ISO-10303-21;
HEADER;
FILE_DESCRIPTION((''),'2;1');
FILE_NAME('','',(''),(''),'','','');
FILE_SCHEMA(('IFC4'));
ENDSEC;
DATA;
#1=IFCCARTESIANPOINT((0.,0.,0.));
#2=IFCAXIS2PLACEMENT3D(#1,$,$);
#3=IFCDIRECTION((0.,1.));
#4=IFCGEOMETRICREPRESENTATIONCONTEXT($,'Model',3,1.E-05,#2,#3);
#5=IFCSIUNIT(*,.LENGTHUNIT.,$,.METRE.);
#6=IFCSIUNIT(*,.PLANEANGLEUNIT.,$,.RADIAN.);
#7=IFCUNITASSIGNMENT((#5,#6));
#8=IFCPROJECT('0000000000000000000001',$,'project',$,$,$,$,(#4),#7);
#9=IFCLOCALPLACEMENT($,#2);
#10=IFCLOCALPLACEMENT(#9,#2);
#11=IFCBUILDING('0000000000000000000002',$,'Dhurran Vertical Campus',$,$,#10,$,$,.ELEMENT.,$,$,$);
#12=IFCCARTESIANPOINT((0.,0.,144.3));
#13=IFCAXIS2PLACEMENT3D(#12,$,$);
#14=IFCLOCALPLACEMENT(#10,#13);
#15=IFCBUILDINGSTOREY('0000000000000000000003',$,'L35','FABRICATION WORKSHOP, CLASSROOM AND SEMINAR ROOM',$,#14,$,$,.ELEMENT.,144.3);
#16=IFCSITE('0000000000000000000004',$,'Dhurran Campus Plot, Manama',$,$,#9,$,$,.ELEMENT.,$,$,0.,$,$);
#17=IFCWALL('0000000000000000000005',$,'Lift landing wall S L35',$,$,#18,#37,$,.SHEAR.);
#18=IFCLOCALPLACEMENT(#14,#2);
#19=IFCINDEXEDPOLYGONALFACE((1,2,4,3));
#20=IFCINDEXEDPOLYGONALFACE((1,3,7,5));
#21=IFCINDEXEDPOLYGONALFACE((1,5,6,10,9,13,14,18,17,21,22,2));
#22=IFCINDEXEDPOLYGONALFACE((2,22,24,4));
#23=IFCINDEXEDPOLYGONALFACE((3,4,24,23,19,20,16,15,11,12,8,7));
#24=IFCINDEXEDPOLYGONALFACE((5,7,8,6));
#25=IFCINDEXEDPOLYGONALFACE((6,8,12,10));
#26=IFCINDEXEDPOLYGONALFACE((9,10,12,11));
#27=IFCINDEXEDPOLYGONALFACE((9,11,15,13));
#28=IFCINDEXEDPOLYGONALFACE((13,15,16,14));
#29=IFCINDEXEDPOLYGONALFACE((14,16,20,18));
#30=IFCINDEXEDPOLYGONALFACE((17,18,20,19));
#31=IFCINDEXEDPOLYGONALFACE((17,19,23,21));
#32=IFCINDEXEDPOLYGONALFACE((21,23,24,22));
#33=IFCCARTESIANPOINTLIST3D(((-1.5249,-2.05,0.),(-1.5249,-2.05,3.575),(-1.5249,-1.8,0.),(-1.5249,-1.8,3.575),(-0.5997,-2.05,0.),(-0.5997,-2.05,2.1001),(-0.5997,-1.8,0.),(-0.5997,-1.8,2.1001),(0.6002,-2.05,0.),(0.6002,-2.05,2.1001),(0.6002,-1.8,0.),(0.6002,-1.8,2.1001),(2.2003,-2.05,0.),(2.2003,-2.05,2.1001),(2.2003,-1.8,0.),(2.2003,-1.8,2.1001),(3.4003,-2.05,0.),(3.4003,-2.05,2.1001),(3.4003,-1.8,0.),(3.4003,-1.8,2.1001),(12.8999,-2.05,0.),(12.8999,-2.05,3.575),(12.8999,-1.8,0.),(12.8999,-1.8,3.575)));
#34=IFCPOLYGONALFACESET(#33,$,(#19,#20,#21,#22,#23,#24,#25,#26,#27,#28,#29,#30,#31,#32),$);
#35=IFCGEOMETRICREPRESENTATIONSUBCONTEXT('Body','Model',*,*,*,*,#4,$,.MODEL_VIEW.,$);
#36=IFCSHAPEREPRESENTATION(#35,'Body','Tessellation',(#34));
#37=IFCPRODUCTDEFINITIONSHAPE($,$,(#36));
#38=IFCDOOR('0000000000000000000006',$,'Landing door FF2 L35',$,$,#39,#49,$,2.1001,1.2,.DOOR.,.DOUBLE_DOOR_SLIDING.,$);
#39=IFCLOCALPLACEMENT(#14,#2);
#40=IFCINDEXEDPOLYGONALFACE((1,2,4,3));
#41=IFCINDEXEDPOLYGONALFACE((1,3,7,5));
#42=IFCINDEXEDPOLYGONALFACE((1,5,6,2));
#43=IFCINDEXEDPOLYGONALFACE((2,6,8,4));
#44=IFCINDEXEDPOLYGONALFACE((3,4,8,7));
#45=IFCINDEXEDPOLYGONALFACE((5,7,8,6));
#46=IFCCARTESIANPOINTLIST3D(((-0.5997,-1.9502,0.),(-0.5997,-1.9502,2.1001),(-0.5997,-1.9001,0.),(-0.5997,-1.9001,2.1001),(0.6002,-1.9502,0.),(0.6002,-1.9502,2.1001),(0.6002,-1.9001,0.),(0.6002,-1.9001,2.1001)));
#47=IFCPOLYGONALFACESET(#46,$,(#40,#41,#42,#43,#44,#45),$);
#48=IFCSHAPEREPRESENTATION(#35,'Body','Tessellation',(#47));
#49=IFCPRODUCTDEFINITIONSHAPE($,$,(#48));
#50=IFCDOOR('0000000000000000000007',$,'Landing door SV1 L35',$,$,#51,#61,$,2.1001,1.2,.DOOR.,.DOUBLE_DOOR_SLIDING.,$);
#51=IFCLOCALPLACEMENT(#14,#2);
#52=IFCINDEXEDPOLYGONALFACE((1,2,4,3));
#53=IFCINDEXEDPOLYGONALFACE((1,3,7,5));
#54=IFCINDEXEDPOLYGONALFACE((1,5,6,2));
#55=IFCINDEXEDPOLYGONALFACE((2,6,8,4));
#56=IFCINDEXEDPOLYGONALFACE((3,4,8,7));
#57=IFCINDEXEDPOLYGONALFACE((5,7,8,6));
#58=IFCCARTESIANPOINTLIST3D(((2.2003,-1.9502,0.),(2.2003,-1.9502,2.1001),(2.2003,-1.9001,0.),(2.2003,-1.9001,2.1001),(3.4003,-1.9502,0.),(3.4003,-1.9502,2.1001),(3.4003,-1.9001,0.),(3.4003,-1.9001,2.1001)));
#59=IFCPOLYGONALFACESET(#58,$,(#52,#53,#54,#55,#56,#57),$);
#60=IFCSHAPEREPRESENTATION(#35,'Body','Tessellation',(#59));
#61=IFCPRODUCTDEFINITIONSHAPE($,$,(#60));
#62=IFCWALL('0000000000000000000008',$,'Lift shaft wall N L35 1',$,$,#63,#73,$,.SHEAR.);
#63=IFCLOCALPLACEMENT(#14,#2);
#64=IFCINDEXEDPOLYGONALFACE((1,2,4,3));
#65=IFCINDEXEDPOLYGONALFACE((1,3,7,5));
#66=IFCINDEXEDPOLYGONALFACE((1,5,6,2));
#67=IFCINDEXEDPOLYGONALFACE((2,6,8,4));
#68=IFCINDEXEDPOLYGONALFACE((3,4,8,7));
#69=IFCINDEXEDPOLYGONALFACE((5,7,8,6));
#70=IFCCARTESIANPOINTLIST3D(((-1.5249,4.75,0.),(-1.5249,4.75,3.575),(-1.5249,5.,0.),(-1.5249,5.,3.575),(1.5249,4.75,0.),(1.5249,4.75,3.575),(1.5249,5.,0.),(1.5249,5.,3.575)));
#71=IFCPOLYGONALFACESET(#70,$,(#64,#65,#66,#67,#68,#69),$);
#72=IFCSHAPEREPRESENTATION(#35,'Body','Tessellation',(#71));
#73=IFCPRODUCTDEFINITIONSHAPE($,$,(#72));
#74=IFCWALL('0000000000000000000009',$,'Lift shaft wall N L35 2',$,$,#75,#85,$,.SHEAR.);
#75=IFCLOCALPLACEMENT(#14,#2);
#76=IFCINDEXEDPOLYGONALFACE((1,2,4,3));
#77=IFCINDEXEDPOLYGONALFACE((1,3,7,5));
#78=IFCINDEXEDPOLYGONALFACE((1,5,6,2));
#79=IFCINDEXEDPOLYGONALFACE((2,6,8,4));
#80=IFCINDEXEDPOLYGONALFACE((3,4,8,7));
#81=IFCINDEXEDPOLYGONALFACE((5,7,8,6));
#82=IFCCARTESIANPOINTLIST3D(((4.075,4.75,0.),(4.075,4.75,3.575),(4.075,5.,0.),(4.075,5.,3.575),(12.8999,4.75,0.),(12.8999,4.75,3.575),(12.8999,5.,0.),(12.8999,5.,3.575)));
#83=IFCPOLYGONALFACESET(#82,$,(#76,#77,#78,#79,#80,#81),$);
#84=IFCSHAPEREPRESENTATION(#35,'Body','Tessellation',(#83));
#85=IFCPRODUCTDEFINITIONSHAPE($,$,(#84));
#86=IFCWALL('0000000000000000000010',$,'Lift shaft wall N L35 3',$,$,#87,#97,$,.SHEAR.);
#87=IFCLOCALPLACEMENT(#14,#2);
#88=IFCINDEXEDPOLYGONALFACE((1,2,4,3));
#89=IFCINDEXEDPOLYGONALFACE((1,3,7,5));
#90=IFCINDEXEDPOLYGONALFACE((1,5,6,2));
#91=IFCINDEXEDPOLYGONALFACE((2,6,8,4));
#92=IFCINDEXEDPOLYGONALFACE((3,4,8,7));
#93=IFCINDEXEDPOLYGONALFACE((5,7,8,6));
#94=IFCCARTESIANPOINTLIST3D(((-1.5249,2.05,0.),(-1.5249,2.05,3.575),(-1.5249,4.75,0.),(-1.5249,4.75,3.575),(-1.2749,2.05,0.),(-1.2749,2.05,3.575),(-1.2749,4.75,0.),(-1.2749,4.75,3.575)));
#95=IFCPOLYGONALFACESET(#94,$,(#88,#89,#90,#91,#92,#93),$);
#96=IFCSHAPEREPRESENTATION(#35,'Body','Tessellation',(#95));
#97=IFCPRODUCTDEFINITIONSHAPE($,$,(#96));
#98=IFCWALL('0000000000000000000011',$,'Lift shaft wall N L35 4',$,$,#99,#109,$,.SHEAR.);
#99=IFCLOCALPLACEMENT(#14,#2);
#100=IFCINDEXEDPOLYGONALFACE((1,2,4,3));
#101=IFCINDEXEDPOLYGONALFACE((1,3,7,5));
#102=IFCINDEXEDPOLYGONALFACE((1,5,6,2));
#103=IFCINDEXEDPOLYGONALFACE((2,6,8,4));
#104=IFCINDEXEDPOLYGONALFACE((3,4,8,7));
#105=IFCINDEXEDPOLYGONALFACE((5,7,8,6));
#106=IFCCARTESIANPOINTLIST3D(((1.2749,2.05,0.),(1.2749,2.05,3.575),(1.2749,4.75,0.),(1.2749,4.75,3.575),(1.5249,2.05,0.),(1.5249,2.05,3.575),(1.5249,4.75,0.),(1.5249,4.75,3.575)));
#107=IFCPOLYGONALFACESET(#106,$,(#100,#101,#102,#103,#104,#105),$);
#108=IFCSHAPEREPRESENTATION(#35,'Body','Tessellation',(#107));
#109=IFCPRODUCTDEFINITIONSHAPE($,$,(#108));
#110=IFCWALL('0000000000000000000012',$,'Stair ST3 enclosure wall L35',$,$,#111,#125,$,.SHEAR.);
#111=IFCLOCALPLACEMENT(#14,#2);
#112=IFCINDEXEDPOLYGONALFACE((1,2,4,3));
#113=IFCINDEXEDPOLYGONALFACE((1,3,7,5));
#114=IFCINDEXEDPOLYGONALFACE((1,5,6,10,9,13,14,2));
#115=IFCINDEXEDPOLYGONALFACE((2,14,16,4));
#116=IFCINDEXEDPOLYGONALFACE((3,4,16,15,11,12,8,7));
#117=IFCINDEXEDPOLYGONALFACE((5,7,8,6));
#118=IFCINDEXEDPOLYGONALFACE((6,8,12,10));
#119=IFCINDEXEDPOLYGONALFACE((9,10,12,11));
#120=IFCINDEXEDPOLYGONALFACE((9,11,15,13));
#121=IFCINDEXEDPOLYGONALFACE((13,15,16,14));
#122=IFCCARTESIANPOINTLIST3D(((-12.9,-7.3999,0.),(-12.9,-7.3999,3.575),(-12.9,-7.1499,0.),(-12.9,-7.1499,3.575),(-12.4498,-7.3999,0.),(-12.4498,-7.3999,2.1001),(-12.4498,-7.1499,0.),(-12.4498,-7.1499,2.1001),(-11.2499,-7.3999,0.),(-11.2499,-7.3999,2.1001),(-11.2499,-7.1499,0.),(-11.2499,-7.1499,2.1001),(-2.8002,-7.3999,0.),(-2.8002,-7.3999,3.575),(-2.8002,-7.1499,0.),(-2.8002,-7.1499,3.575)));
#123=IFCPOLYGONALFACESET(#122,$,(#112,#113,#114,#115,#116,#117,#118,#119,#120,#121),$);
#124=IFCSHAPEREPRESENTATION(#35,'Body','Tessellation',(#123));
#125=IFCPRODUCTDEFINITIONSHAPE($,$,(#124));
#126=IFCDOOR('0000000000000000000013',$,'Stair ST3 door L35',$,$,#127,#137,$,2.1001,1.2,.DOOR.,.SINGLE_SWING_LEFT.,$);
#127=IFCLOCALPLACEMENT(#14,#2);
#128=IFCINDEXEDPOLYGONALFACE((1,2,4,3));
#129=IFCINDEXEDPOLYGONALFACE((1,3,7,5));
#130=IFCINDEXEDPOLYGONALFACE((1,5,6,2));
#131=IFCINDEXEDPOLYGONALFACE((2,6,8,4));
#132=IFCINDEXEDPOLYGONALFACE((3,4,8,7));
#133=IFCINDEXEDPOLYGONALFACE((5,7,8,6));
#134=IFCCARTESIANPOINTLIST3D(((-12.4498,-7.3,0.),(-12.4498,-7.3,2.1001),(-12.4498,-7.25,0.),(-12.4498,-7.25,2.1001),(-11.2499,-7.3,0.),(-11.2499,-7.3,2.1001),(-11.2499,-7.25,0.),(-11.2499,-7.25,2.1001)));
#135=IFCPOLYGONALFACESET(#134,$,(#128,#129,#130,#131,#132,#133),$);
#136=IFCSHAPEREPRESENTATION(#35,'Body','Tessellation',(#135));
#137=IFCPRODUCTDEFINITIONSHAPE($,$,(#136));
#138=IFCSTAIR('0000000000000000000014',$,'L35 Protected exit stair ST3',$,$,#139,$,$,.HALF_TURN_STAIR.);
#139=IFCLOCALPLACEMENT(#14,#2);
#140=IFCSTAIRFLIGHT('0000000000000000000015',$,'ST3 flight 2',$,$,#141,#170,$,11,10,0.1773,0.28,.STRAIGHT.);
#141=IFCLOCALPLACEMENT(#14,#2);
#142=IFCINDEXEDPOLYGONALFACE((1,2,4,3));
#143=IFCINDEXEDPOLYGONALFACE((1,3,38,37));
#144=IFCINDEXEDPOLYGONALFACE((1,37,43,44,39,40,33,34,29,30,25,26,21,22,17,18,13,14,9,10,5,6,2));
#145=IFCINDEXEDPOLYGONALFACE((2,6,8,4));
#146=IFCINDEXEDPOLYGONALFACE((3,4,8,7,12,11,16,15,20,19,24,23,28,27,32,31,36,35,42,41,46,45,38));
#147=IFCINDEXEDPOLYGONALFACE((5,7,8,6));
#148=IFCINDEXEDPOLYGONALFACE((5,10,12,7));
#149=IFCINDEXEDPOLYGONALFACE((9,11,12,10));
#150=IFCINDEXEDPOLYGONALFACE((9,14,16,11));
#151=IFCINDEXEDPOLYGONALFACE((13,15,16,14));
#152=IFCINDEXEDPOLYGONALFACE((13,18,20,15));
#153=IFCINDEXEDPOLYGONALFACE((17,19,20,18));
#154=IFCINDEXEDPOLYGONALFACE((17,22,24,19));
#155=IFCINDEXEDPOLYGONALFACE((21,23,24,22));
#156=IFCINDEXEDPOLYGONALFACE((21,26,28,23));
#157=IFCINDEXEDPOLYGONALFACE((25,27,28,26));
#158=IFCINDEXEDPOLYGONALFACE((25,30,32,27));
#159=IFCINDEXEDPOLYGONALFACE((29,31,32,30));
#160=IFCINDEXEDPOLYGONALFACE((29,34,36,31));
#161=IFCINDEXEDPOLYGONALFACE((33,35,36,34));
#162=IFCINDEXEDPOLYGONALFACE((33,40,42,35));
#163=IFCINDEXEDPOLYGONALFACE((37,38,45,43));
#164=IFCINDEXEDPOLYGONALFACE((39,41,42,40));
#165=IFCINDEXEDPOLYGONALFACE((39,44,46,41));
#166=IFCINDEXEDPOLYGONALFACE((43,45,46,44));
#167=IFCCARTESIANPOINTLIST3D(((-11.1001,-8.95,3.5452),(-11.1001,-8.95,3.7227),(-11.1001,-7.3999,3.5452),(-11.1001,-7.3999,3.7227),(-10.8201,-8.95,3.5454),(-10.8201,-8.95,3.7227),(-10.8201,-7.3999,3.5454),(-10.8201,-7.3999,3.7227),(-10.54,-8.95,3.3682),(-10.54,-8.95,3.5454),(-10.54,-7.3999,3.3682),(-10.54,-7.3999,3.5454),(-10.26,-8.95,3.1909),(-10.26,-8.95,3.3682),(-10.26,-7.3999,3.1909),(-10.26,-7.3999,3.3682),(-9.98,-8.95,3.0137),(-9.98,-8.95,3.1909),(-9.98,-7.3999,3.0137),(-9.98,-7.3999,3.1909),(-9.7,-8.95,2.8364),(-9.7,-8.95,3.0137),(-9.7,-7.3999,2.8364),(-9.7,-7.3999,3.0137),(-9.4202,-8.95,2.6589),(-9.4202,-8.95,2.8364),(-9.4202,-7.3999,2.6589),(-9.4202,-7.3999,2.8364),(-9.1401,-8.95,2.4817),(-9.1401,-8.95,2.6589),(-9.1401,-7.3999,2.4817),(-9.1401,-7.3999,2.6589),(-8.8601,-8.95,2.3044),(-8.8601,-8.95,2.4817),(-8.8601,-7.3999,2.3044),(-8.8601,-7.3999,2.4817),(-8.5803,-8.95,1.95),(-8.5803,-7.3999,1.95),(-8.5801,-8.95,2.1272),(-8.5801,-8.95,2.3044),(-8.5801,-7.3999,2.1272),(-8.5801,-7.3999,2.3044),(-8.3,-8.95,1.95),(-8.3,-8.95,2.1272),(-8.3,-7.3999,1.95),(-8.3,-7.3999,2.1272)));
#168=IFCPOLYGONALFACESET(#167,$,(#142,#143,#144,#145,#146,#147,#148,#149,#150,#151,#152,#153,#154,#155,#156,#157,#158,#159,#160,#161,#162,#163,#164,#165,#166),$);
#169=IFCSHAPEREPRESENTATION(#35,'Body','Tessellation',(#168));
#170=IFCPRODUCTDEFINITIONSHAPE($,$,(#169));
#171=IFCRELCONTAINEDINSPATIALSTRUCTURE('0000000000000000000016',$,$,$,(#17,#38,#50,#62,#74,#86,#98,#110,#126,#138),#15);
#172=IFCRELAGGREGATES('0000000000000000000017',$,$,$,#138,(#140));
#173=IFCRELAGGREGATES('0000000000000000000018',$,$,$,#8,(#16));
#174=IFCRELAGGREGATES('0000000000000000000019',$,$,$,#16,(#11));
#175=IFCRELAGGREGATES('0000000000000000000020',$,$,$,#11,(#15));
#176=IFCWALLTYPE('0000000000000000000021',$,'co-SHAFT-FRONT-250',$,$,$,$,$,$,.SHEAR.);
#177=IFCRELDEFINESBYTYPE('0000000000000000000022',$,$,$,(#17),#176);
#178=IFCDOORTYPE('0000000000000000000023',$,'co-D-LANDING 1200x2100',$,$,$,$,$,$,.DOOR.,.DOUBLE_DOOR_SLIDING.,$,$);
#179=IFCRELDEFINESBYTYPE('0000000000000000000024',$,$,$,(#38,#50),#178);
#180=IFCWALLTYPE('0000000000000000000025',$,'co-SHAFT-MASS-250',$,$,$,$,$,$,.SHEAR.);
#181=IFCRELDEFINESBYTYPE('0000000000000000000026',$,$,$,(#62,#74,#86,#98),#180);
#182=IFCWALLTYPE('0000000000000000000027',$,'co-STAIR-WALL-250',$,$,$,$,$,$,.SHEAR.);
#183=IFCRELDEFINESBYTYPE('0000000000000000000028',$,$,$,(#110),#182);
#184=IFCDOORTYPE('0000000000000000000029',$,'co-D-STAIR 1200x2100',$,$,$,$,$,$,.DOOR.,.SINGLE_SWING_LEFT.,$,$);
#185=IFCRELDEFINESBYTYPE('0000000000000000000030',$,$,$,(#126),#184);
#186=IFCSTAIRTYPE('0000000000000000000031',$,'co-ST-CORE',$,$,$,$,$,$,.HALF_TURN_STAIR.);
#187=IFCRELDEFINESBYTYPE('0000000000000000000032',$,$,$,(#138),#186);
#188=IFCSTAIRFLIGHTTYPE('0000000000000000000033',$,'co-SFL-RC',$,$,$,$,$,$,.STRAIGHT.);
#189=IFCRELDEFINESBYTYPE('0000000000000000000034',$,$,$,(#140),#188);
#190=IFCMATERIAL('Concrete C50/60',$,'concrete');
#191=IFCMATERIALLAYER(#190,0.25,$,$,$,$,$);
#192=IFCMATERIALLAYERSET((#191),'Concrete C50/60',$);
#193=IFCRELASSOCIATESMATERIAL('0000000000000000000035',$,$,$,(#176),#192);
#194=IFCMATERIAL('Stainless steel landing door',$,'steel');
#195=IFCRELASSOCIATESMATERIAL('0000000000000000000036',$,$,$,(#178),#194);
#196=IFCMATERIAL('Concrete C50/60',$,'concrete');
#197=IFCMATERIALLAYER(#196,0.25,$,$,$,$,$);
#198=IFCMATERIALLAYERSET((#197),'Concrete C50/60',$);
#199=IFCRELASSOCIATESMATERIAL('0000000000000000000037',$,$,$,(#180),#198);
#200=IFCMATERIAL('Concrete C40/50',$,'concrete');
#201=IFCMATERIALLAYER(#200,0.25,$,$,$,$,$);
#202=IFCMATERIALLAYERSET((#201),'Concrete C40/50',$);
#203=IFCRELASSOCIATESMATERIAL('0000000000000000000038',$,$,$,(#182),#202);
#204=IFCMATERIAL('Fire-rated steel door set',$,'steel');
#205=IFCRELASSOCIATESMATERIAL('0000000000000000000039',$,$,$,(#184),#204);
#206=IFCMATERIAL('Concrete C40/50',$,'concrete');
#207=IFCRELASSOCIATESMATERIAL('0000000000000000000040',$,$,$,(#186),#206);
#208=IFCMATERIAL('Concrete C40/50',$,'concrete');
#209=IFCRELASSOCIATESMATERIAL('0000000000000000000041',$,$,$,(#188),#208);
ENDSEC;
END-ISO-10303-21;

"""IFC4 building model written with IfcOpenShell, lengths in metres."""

from ifc_helpers import new_model, si_unit, direction, frame, frame_2d, origin, place, context, subcontext, project, spatial, polyline, rectangle, outline, extrude, material, layer, layer_set, type_object, element, fill, aggregate, save


model = new_model("IFC4")

# Units and contexts
model_context = context("Model", 3, precision=1e-05, world=origin(), true_north=direction((0.0, 1.0)))
body_context = subcontext(model_context, "Body", "Model", "MODEL_VIEW")
ifc_project = project(units=[si_unit("LENGTHUNIT", "METRE"), si_unit("PLANEANGLEUNIT", "RADIAN")], contexts=[model_context])

# Site, building, storey
site_placement = place(None, origin())
site = spatial("IfcSite", under=ifc_project, at=site_placement, Name="Dhurran Campus Plot, Manama", CompositionType="ELEMENT", RefElevation=0.0)
building_placement = place(site_placement, origin())
building = spatial("IfcBuilding", under=site, at=building_placement, Name="Dhurran Vertical Campus", CompositionType="ELEMENT")
storey_placement = place(building_placement, frame((0.0, 0.0, 144.3)))
storey = spatial("IfcBuildingStorey", under=building, at=storey_placement, Name="L35", Description="FABRICATION WORKSHOP, CLASSROOM AND SEMINAR ROOM", CompositionType="ELEMENT", Elevation=144.3)

# Wall, openings, doors
ifc_material_1 = material(Name="Concrete C50/60", Category="concrete")
ifc_layer_1 = layer(ifc_material_1, 0.25)
ifc_layer_set_1 = layer_set([ifc_layer_1], Name="Concrete C50/60")
wall_type_1 = type_object("IfcWallType", Name="co-SHAFT-FRONT-250", PredefinedType="SHEAR", material=ifc_layer_set_1)
ifc_material_2 = material(Name="Stainless steel landing door", Category="steel")
door_type_1 = type_object("IfcDoorType", Name="co-D-LANDING 1200x2100", OperationType="DOUBLE_DOOR_SLIDING", PredefinedType="DOOR", material=ifc_material_2)
wall_1_placement = place(storey_placement, frame((-1.5249, -1.925, 0.0), z_axis=(0.0, 0.0, 1.0), x_axis=(1.0, 0.0, 0.0)))
wall_1 = element("IfcWall", 1, at=wall_1_placement, inside=storey, type_object=wall_type_1, Name="Lift landing wall S L35", PredefinedType="SHEAR", context=body_context, shape_type="SweptSolid", body=[
    extrude(rectangle(XDim=14.4248, YDim=0.25, at=frame_2d((7.2124, 0.0))), origin(), (0.0, 0.0, 1.0), 3.575),
])
opening_1_placement = place(wall_1_placement, frame((0.925, 0.0, 0.0)))
opening_1 = element("IfcOpeningElement", 2, at=opening_1_placement, cuts=wall_1, PredefinedType="OPENING", context=body_context, shape_type="SweptSolid", body=[
    extrude(rectangle(XDim=1.2, YDim=2.1001, at=frame_2d((0.6001, 1.05))), frame((0.0, 0.135, 0.0), z_axis=(0.0, -1.0, 0.0), x_axis=(1.0, 0.0, 0.0)), (0.0, 0.0, 1.0), 0.27),
])
opening_2_placement = place(wall_1_placement, frame((3.7251, 0.0, 0.0)))
opening_2 = element("IfcOpeningElement", 3, at=opening_2_placement, cuts=wall_1, PredefinedType="OPENING", context=body_context, shape_type="SweptSolid", body=[
    extrude(rectangle(XDim=1.2, YDim=2.1001, at=frame_2d((0.6001, 1.05))), frame((0.0, 0.135, 0.0), z_axis=(0.0, -1.0, 0.0), x_axis=(1.0, 0.0, 0.0)), (0.0, 0.0, 1.0), 0.27),
])
door_1_placement = place(opening_1_placement, origin())
door_1 = element("IfcDoor", 4, at=door_1_placement, inside=storey, type_object=door_type_1, Name="Landing door FF2 L35", OperationType="DOUBLE_DOOR_SLIDING", OverallHeight=2.1001, OverallWidth=1.2, PredefinedType="DOOR", context=body_context, shape_type="SweptSolid", body=[
    extrude(rectangle(XDim=1.2, YDim=2.1001, at=frame_2d((0.6001, 1.05))), frame((0.0, 0.0249, 0.0), z_axis=(0.0, -1.0, 0.0), x_axis=(1.0, 0.0, 0.0)), (0.0, 0.0, 1.0), 0.05),
])
fill(opening_1, door_1)
door_2_placement = place(opening_2_placement, origin())
door_2 = element("IfcDoor", 5, at=door_2_placement, inside=storey, type_object=door_type_1, Name="Landing door SV1 L35", OperationType="DOUBLE_DOOR_SLIDING", OverallHeight=2.1001, OverallWidth=1.2, PredefinedType="DOOR", context=body_context, shape_type="SweptSolid", body=[
    extrude(rectangle(XDim=1.2, YDim=2.1001, at=frame_2d((0.6001, 1.05))), frame((0.0, 0.0249, 0.0), z_axis=(0.0, -1.0, 0.0), x_axis=(1.0, 0.0, 0.0)), (0.0, 0.0, 1.0), 0.05),
])
fill(opening_2, door_2)

# Walls
ifc_material_3 = material(Name="Concrete C50/60", Category="concrete")
ifc_layer_2 = layer(ifc_material_3, 0.25)
ifc_layer_set_2 = layer_set([ifc_layer_2], Name="Concrete C50/60")
wall_type_2 = type_object("IfcWallType", Name="co-SHAFT-MASS-250", PredefinedType="SHEAR", material=ifc_layer_set_2)
wall_2_placement = place(storey_placement, origin())
element("IfcWall", 6, at=wall_2_placement, inside=storey, type_object=wall_type_2, Name="Lift shaft wall N L35 1", PredefinedType="SHEAR", context=body_context, shape_type="SweptSolid", body=[
    extrude(outline(polyline([(-1.5249, 4.75), (1.5249, 4.75), (1.5249, 5.0), (-1.5249, 5.0), (-1.5249, 4.75)])), origin(), (0.0, 0.0, 1.0), 3.575),
])
wall_3_placement = place(storey_placement, origin())
element("IfcWall", 7, at=wall_3_placement, inside=storey, type_object=wall_type_2, Name="Lift shaft wall N L35 2", PredefinedType="SHEAR", context=body_context, shape_type="SweptSolid", body=[
    extrude(outline(polyline([(4.075, 4.75), (12.8999, 4.75), (12.8999, 5.0), (4.075, 5.0), (4.075, 4.75)])), origin(), (0.0, 0.0, 1.0), 3.575),
])
wall_4_placement = place(storey_placement, origin())
element("IfcWall", 8, at=wall_4_placement, inside=storey, type_object=wall_type_2, Name="Lift shaft wall N L35 3", PredefinedType="SHEAR", context=body_context, shape_type="SweptSolid", body=[
    extrude(outline(polyline([(-1.5249, 2.05), (-1.2749, 2.05), (-1.2749, 4.75), (-1.5249, 4.75), (-1.5249, 2.05)])), origin(), (0.0, 0.0, 1.0), 3.575),
])
wall_5_placement = place(storey_placement, origin())
element("IfcWall", 9, at=wall_5_placement, inside=storey, type_object=wall_type_2, Name="Lift shaft wall N L35 4", PredefinedType="SHEAR", context=body_context, shape_type="SweptSolid", body=[
    extrude(outline(polyline([(1.2749, 2.05), (1.5249, 2.05), (1.5249, 4.75), (1.2749, 4.75), (1.2749, 2.05)])), origin(), (0.0, 0.0, 1.0), 3.575),
])

# Wall, opening, door
ifc_material_4 = material(Name="Concrete C40/50", Category="concrete")
ifc_layer_3 = layer(ifc_material_4, 0.25)
ifc_layer_set_3 = layer_set([ifc_layer_3], Name="Concrete C40/50")
wall_type_3 = type_object("IfcWallType", Name="co-STAIR-WALL-250", PredefinedType="SHEAR", material=ifc_layer_set_3)
wall_6_placement = place(storey_placement, frame((-12.8999, -7.2749, 0.0), z_axis=(0.0, 0.0, 1.0), x_axis=(1.0, 0.0, 0.0)))
wall_6 = element("IfcWall", 10, at=wall_6_placement, inside=storey, type_object=wall_type_3, Name="Stair ST3 enclosure wall L35", PredefinedType="SHEAR", context=body_context, shape_type="SweptSolid", body=[
    extrude(rectangle(XDim=10.0999, YDim=0.25, at=frame_2d((5.0498, 0.0))), origin(), (0.0, 0.0, 1.0), 3.575),
])
opening_3_placement = place(wall_6_placement, frame((0.45, 0.0, 0.0)))
opening_3 = element("IfcOpeningElement", 11, at=opening_3_placement, cuts=wall_6, PredefinedType="OPENING", context=body_context, shape_type="SweptSolid", body=[
    extrude(rectangle(XDim=1.2, YDim=2.1001, at=frame_2d((0.6001, 1.05))), frame((0.0, 0.135, 0.0), z_axis=(0.0, -1.0, 0.0), x_axis=(1.0, 0.0, 0.0)), (0.0, 0.0, 1.0), 0.27),
])
ifc_material_5 = material(Name="Fire-rated steel door set", Category="steel")
door_type_2 = type_object("IfcDoorType", Name="co-D-STAIR 1200x2100", OperationType="SINGLE_SWING_LEFT", PredefinedType="DOOR", material=ifc_material_5)
door_3_placement = place(opening_3_placement, origin())
door_3 = element("IfcDoor", 12, at=door_3_placement, inside=storey, type_object=door_type_2, Name="Stair ST3 door L35", OperationType="SINGLE_SWING_LEFT", OverallHeight=2.1001, OverallWidth=1.2, PredefinedType="DOOR", context=body_context, shape_type="SweptSolid", body=[
    extrude(rectangle(XDim=1.2, YDim=2.1001, at=frame_2d((0.6001, 1.05))), frame((0.0, 0.0249, 0.0), z_axis=(0.0, -1.0, 0.0), x_axis=(1.0, 0.0, 0.0)), (0.0, 0.0, 1.0), 0.05),
])
fill(opening_3, door_3)

# Stair, stair flight
ifc_material_6 = material(Name="Concrete C40/50", Category="concrete")
stair_type = type_object("IfcStairType", Name="co-ST-CORE", PredefinedType="HALF_TURN_STAIR", material=ifc_material_6)
stair_placement = place(storey_placement, origin())
stair = element("IfcStair", 13, at=stair_placement, inside=storey, type_object=stair_type, Name="L35 Protected exit stair ST3", PredefinedType="HALF_TURN_STAIR")
ifc_material_7 = material(Name="Concrete C40/50", Category="concrete")
stair_flight_type = type_object("IfcStairFlightType", Name="co-SFL-RC", PredefinedType="STRAIGHT", material=ifc_material_7)
stair_flight_placement = place(storey_placement, frame((-8.3, -8.175, 1.95), z_axis=(0.0, 0.0, 1.0), x_axis=(-1.0, 0.0, 0.0)))
stair_flight = element("IfcStairFlight", 14, at=stair_flight_placement, type_object=stair_flight_type, Name="ST3 flight 2", NumberOfRisers=11, NumberOfTreads=10, PredefinedType="STRAIGHT", RiserHeight=0.1773, TreadLength=0.28, context=body_context, shape_type="SweptSolid", body=[
    extrude(outline(polyline([(0.0, 0.0), (0.0, 0.1772), (0.28, 0.1772), (0.28, 0.3545), (0.5601, 0.3545), (0.5601, 0.5317), (0.8401, 0.5317), (0.8401, 0.709), (1.1201, 0.709), (1.1201, 0.8865), (1.3999, 0.8865), (1.3999, 1.0637), (1.6799, 1.0637), (1.6799, 1.241), (1.96, 1.241), (1.96, 1.4182), (2.24, 1.4182), (2.24, 1.5955), (2.52, 1.5955), (2.52, 1.7727), (2.8, 1.7727), (2.8, 1.95), (2.8, 1.5952), (0.2803, 0.0), (0.0, 0.0)])), frame((0.0, 0.7749, 0.0), z_axis=(0.0, -1.0, 0.0), x_axis=(1.0, 0.0, 0.0)), (0.0, 0.0, 1.0), 1.55),
])
aggregate(stair, [stair_flight])

save(model, "model.ifc")
